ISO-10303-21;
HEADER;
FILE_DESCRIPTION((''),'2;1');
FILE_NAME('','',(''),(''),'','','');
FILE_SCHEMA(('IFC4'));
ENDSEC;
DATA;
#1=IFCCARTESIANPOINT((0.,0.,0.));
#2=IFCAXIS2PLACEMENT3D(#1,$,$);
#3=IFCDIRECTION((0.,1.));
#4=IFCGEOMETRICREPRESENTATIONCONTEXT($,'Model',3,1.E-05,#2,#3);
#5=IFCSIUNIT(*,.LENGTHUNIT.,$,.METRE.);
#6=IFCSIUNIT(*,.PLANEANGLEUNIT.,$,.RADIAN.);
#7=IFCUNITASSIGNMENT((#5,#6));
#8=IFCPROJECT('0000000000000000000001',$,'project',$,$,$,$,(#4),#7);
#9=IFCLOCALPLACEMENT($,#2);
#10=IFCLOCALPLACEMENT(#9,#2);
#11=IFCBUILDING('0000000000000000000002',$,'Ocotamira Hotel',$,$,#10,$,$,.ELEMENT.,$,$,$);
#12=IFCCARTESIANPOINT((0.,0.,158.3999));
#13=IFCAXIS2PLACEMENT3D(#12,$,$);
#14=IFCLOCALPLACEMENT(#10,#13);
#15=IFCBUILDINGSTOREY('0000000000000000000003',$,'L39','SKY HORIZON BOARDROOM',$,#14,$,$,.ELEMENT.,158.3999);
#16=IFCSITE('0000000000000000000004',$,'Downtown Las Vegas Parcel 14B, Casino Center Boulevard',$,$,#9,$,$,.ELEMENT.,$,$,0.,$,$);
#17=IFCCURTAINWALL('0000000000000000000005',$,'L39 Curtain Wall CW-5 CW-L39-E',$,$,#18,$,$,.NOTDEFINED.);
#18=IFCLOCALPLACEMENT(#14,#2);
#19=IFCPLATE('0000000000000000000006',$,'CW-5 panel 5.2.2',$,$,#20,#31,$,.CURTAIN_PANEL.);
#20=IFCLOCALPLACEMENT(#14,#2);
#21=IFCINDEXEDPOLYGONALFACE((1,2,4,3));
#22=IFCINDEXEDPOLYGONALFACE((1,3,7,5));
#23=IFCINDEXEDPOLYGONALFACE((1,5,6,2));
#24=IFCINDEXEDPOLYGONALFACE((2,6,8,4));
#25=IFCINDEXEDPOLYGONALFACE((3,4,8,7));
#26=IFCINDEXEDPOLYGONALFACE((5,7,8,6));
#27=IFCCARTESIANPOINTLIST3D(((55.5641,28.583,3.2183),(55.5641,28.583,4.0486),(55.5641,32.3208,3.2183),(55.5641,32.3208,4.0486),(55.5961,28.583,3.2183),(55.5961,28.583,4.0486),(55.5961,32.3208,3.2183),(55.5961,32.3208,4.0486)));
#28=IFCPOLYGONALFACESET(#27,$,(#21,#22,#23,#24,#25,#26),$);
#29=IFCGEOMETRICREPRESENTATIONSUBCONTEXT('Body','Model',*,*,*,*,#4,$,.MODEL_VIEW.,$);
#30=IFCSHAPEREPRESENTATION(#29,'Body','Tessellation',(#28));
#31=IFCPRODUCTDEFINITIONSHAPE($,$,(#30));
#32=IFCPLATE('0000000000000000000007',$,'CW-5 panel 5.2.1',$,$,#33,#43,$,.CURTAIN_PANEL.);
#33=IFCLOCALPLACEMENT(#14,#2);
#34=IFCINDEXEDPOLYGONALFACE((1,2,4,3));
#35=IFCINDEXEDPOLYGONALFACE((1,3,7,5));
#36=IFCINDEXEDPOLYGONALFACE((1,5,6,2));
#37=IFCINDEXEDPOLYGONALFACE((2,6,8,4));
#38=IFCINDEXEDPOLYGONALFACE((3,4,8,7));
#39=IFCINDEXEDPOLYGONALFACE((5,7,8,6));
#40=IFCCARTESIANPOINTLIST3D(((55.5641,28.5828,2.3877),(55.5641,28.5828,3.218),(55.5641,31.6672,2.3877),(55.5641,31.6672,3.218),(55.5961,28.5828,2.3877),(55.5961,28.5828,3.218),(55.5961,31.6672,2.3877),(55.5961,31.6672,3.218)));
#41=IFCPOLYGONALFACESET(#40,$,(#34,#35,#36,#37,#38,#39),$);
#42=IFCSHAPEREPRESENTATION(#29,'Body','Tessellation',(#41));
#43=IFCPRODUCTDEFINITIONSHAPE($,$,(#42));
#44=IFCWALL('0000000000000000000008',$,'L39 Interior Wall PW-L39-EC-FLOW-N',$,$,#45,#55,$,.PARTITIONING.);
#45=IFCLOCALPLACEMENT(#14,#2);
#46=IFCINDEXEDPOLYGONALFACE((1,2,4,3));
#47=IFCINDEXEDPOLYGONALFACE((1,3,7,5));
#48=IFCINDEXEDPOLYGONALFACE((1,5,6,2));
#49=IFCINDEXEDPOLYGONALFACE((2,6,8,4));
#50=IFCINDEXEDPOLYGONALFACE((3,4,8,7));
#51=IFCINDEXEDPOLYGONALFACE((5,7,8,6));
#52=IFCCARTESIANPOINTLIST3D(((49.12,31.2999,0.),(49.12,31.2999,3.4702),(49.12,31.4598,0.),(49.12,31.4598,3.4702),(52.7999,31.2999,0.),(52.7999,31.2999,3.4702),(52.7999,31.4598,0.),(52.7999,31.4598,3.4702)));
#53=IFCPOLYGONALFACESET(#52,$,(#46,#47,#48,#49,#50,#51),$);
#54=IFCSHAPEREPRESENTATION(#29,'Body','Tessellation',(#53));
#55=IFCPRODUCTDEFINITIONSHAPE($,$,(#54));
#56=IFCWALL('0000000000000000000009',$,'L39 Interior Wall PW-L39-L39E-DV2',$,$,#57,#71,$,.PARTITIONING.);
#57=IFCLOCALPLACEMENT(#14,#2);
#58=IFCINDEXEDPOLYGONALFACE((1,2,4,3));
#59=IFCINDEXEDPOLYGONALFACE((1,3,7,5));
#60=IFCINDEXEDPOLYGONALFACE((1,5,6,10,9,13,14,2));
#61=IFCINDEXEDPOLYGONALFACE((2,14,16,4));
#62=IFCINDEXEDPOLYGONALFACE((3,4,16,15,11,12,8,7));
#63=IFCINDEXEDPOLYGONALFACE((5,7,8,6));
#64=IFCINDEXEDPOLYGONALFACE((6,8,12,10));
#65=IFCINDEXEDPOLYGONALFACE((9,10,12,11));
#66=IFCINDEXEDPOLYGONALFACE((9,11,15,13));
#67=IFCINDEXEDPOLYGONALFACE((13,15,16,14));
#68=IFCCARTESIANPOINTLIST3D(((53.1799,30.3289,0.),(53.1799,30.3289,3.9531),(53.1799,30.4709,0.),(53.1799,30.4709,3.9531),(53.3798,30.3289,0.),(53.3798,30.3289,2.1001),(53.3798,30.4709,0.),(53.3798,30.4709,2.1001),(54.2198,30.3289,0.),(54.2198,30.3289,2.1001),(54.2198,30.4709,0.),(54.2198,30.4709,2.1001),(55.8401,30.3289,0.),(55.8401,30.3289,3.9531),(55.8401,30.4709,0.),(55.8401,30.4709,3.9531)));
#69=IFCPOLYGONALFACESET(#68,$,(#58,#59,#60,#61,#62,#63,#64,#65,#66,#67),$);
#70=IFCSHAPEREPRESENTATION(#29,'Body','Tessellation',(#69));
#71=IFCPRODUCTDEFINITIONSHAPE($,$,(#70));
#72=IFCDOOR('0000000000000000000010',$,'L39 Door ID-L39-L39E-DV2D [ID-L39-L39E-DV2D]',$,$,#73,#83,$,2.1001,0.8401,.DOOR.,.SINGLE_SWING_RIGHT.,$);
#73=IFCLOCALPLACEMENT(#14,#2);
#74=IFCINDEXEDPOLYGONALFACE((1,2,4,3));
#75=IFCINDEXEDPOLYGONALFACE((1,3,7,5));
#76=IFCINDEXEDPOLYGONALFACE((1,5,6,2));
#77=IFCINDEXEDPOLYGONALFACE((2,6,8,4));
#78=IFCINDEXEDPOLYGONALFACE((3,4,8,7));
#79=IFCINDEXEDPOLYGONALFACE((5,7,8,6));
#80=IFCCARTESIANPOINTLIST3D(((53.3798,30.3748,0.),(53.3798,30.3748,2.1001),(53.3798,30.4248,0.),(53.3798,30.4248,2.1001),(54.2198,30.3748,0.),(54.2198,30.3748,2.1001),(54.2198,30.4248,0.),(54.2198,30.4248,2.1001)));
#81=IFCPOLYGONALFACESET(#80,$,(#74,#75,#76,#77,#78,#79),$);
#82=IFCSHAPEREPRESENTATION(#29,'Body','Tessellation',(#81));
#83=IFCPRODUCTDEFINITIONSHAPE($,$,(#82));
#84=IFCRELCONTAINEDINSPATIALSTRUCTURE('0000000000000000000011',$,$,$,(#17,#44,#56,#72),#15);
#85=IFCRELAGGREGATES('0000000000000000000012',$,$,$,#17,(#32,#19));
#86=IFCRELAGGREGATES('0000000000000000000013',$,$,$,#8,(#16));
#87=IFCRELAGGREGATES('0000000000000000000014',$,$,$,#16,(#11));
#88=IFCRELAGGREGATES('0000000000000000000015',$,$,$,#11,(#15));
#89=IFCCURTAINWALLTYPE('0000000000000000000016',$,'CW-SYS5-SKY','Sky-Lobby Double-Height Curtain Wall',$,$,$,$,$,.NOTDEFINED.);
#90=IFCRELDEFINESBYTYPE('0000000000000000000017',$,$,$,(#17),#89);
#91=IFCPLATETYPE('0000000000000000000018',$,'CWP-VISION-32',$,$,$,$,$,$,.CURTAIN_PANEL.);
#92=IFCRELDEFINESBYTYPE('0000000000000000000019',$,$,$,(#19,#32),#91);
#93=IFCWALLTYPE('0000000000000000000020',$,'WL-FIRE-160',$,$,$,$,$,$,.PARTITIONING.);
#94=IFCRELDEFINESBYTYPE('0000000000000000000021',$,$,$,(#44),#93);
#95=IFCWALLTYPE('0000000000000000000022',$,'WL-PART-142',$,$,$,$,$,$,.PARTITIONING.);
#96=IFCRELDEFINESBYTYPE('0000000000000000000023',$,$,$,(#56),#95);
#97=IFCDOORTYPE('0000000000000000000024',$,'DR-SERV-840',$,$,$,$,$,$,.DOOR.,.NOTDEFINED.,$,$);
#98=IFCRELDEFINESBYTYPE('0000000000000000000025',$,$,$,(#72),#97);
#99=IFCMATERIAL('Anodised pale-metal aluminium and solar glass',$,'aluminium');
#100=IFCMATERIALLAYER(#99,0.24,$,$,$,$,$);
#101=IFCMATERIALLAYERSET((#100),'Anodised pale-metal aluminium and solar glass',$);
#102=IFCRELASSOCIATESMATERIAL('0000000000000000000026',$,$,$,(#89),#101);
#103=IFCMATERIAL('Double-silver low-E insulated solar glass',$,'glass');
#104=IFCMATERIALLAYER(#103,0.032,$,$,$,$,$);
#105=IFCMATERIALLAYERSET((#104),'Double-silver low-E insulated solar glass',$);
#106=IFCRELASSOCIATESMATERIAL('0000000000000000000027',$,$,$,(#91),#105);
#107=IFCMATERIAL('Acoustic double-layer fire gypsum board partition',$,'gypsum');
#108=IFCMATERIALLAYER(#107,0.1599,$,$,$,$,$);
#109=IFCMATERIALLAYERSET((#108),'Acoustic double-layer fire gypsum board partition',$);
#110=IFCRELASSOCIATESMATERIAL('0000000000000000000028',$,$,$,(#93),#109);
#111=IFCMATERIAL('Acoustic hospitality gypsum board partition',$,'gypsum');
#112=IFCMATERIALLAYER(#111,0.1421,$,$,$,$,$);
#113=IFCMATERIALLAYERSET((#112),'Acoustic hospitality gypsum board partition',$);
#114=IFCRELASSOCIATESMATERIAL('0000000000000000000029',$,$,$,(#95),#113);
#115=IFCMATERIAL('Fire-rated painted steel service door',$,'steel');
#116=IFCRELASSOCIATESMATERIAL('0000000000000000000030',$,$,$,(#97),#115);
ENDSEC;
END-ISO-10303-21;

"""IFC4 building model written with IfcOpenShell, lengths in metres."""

from ifc_helpers import new_model, si_unit, direction, frame, frame_2d, origin, origin_2d, place, context, subcontext, project, spatial, rectangle, extrude, source, transform, mapped, material, layer, layer_set, type_object, element, fill, aggregate, save


model = new_model("IFC4")

# Units and contexts
model_context = context("Model", 3, precision=1e-05, world=origin(), true_north=direction((0.0, 1.0)))
body_context = subcontext(model_context, "Body", "Model", "MODEL_VIEW")
ifc_project = project(units=[si_unit("LENGTHUNIT", "METRE"), si_unit("PLANEANGLEUNIT", "RADIAN")], contexts=[model_context])

# Site, building, storey
site_placement = place(None, origin())
site = spatial("IfcSite", under=ifc_project, at=site_placement, Name="Downtown Las Vegas Parcel 14B, Casino Center Boulevard", CompositionType="ELEMENT", RefElevation=0.0)
building_placement = place(site_placement, origin())
building = spatial("IfcBuilding", under=site, at=building_placement, Name="Ocotamira Hotel", CompositionType="ELEMENT")
storey_placement = place(building_placement, frame((0.0, 0.0, 158.3999)))
storey = spatial("IfcBuildingStorey", under=building, at=storey_placement, Name="L39", Description="SKY HORIZON BOARDROOM", CompositionType="ELEMENT", Elevation=158.3999)

# Curtain wall, plates
ifc_material_1 = material(Name="Anodised pale-metal aluminium and solar glass", Category="aluminium")
ifc_layer_1 = layer(ifc_material_1, 0.24)
ifc_layer_set_1 = layer_set([ifc_layer_1], Name="Anodised pale-metal aluminium and solar glass")
curtain_wall_type = type_object("IfcCurtainWallType", Name="CW-SYS5-SKY", Description="Sky-Lobby Double-Height Curtain Wall", PredefinedType="NOTDEFINED", material=ifc_layer_set_1)
curtain_wall_placement = place(storey_placement, origin())
curtain_wall = element("IfcCurtainWall", 1, at=curtain_wall_placement, inside=storey, type_object=curtain_wall_type, Name="L39 Curtain Wall CW-5 CW-L39-E", PredefinedType="NOTDEFINED")
ifc_material_2 = material(Name="Double-silver low-E insulated solar glass", Category="glass")
ifc_layer_2 = layer(ifc_material_2, 0.032)
ifc_layer_set_2 = layer_set([ifc_layer_2], Name="Double-silver low-E insulated solar glass")
plate_type = type_object("IfcPlateType", Name="CWP-VISION-32", PredefinedType="CURTAIN_PANEL", material=ifc_layer_set_2)
shared_shape_1 = source(origin(), body_context, "Body", "SweptSolid", [
    extrude(rectangle(XDim=3.7378, YDim=0.032, at=origin_2d()), origin(), (0.0, 0.0, 1.0), 0.8303),
])
plate_1_placement = place(storey_placement, frame((55.5801, 30.4519, 3.2183), z_axis=(0.0, 0.0, 1.0), x_axis=(0.0, 1.0, 0.0)))
plate_1 = element("IfcPlate", 2, at=plate_1_placement, type_object=plate_type, Name="CW-5 panel 5.2.2", PredefinedType="CURTAIN_PANEL", context=body_context, shape_type="MappedRepresentation", body=[
    mapped(shared_shape_1, transform((0.0, 0.0, 0.0), scale=1.0)),
])
shared_shape_2 = source(origin(), body_context, "Body", "SweptSolid", [
    extrude(rectangle(XDim=3.0845, YDim=0.032, at=origin_2d()), origin(), (0.0, 0.0, 1.0), 0.8303),
])
plate_2_placement = place(storey_placement, frame((55.5801, 30.125, 2.3877), z_axis=(0.0, 0.0, 1.0), x_axis=(0.0, 1.0, 0.0)))
plate_2 = element("IfcPlate", 3, at=plate_2_placement, type_object=plate_type, Name="CW-5 panel 5.2.1", PredefinedType="CURTAIN_PANEL", context=body_context, shape_type="MappedRepresentation", body=[
    mapped(shared_shape_2, transform((0.0, 0.0, 0.0), scale=1.0)),
])
aggregate(curtain_wall, [plate_2, plate_1])

# Wall
ifc_material_3 = material(Name="Acoustic double-layer fire gypsum board partition", Category="gypsum")
ifc_layer_3 = layer(ifc_material_3, 0.1599)
ifc_layer_set_3 = layer_set([ifc_layer_3], Name="Acoustic double-layer fire gypsum board partition")
wall_type_1 = type_object("IfcWallType", Name="WL-FIRE-160", PredefinedType="PARTITIONING", material=ifc_layer_set_3)
wall_1_placement = place(storey_placement, frame((49.1201, 31.3799, 0.0), z_axis=(0.0, 0.0, 1.0), x_axis=(1.0, 0.0, 0.0)))
element("IfcWall", 4, at=wall_1_placement, inside=storey, type_object=wall_type_1, Name="L39 Interior Wall PW-L39-EC-FLOW-N", PredefinedType="PARTITIONING", context=body_context, shape_type="SweptSolid", body=[
    extrude(rectangle(XDim=3.6799, YDim=0.1599, at=frame_2d((1.8398, 0.0))), origin(), (0.0, 0.0, 1.0), 3.4702),
])

# Wall, opening, door
ifc_material_4 = material(Name="Acoustic hospitality gypsum board partition", Category="gypsum")
ifc_layer_4 = layer(ifc_material_4, 0.1421)
ifc_layer_set_4 = layer_set([ifc_layer_4], Name="Acoustic hospitality gypsum board partition")
wall_type_2 = type_object("IfcWallType", Name="WL-PART-142", PredefinedType="PARTITIONING", material=ifc_layer_set_4)
wall_2_placement = place(storey_placement, frame((53.1799, 30.3999, 0.0), z_axis=(0.0, 0.0, 1.0), x_axis=(1.0, 0.0, 0.0)))
wall_2 = element("IfcWall", 5, at=wall_2_placement, inside=storey, type_object=wall_type_2, Name="L39 Interior Wall PW-L39-L39E-DV2", PredefinedType="PARTITIONING", context=body_context, shape_type="SweptSolid", body=[
    extrude(rectangle(XDim=2.6602, YDim=0.1421, at=frame_2d((1.3301, 0.0))), origin(), (0.0, 0.0, 1.0), 3.9531),
])
opening_placement = place(wall_2_placement, frame((0.2, 0.0, 0.0)))
opening = element("IfcOpeningElement", 6, at=opening_placement, cuts=wall_2, PredefinedType="OPENING", context=body_context, shape_type="SweptSolid", body=[
    extrude(rectangle(XDim=0.8401, YDim=2.1001, at=frame_2d((0.4199, 1.05))), frame((0.0, 0.0811, 0.0), z_axis=(0.0, -1.0, 0.0), x_axis=(1.0, 0.0, 0.0)), (0.0, 0.0, 1.0), 0.1621),
])
ifc_material_5 = material(Name="Fire-rated painted steel service door", Category="steel")
door_type = type_object("IfcDoorType", Name="DR-SERV-840", OperationType="NOTDEFINED", PredefinedType="DOOR", material=ifc_material_5)
shared_shape_3 = source(origin(), body_context, "Body", "SweptSolid", [
    extrude(rectangle(XDim=0.8401, YDim=2.1001, at=frame_2d((0.4199, 1.05))), frame((0.0, 0.0249, 0.0), z_axis=(0.0, -1.0, 0.0), x_axis=(1.0, 0.0, 0.0)), (0.0, 0.0, 1.0), 0.05),
])
door_placement = place(opening_placement, origin())
door = element("IfcDoor", 7, at=door_placement, inside=storey, type_object=door_type, Name="L39 Door ID-L39-L39E-DV2D [ID-L39-L39E-DV2D]", OperationType="SINGLE_SWING_RIGHT", OverallHeight=2.1001, OverallWidth=0.8401, PredefinedType="DOOR", context=body_context, shape_type="MappedRepresentation", body=[
    mapped(shared_shape_3, transform((0.0, 0.0, 0.0), scale=1.0)),
])
fill(opening, door)

save(model, "model.ifc")
